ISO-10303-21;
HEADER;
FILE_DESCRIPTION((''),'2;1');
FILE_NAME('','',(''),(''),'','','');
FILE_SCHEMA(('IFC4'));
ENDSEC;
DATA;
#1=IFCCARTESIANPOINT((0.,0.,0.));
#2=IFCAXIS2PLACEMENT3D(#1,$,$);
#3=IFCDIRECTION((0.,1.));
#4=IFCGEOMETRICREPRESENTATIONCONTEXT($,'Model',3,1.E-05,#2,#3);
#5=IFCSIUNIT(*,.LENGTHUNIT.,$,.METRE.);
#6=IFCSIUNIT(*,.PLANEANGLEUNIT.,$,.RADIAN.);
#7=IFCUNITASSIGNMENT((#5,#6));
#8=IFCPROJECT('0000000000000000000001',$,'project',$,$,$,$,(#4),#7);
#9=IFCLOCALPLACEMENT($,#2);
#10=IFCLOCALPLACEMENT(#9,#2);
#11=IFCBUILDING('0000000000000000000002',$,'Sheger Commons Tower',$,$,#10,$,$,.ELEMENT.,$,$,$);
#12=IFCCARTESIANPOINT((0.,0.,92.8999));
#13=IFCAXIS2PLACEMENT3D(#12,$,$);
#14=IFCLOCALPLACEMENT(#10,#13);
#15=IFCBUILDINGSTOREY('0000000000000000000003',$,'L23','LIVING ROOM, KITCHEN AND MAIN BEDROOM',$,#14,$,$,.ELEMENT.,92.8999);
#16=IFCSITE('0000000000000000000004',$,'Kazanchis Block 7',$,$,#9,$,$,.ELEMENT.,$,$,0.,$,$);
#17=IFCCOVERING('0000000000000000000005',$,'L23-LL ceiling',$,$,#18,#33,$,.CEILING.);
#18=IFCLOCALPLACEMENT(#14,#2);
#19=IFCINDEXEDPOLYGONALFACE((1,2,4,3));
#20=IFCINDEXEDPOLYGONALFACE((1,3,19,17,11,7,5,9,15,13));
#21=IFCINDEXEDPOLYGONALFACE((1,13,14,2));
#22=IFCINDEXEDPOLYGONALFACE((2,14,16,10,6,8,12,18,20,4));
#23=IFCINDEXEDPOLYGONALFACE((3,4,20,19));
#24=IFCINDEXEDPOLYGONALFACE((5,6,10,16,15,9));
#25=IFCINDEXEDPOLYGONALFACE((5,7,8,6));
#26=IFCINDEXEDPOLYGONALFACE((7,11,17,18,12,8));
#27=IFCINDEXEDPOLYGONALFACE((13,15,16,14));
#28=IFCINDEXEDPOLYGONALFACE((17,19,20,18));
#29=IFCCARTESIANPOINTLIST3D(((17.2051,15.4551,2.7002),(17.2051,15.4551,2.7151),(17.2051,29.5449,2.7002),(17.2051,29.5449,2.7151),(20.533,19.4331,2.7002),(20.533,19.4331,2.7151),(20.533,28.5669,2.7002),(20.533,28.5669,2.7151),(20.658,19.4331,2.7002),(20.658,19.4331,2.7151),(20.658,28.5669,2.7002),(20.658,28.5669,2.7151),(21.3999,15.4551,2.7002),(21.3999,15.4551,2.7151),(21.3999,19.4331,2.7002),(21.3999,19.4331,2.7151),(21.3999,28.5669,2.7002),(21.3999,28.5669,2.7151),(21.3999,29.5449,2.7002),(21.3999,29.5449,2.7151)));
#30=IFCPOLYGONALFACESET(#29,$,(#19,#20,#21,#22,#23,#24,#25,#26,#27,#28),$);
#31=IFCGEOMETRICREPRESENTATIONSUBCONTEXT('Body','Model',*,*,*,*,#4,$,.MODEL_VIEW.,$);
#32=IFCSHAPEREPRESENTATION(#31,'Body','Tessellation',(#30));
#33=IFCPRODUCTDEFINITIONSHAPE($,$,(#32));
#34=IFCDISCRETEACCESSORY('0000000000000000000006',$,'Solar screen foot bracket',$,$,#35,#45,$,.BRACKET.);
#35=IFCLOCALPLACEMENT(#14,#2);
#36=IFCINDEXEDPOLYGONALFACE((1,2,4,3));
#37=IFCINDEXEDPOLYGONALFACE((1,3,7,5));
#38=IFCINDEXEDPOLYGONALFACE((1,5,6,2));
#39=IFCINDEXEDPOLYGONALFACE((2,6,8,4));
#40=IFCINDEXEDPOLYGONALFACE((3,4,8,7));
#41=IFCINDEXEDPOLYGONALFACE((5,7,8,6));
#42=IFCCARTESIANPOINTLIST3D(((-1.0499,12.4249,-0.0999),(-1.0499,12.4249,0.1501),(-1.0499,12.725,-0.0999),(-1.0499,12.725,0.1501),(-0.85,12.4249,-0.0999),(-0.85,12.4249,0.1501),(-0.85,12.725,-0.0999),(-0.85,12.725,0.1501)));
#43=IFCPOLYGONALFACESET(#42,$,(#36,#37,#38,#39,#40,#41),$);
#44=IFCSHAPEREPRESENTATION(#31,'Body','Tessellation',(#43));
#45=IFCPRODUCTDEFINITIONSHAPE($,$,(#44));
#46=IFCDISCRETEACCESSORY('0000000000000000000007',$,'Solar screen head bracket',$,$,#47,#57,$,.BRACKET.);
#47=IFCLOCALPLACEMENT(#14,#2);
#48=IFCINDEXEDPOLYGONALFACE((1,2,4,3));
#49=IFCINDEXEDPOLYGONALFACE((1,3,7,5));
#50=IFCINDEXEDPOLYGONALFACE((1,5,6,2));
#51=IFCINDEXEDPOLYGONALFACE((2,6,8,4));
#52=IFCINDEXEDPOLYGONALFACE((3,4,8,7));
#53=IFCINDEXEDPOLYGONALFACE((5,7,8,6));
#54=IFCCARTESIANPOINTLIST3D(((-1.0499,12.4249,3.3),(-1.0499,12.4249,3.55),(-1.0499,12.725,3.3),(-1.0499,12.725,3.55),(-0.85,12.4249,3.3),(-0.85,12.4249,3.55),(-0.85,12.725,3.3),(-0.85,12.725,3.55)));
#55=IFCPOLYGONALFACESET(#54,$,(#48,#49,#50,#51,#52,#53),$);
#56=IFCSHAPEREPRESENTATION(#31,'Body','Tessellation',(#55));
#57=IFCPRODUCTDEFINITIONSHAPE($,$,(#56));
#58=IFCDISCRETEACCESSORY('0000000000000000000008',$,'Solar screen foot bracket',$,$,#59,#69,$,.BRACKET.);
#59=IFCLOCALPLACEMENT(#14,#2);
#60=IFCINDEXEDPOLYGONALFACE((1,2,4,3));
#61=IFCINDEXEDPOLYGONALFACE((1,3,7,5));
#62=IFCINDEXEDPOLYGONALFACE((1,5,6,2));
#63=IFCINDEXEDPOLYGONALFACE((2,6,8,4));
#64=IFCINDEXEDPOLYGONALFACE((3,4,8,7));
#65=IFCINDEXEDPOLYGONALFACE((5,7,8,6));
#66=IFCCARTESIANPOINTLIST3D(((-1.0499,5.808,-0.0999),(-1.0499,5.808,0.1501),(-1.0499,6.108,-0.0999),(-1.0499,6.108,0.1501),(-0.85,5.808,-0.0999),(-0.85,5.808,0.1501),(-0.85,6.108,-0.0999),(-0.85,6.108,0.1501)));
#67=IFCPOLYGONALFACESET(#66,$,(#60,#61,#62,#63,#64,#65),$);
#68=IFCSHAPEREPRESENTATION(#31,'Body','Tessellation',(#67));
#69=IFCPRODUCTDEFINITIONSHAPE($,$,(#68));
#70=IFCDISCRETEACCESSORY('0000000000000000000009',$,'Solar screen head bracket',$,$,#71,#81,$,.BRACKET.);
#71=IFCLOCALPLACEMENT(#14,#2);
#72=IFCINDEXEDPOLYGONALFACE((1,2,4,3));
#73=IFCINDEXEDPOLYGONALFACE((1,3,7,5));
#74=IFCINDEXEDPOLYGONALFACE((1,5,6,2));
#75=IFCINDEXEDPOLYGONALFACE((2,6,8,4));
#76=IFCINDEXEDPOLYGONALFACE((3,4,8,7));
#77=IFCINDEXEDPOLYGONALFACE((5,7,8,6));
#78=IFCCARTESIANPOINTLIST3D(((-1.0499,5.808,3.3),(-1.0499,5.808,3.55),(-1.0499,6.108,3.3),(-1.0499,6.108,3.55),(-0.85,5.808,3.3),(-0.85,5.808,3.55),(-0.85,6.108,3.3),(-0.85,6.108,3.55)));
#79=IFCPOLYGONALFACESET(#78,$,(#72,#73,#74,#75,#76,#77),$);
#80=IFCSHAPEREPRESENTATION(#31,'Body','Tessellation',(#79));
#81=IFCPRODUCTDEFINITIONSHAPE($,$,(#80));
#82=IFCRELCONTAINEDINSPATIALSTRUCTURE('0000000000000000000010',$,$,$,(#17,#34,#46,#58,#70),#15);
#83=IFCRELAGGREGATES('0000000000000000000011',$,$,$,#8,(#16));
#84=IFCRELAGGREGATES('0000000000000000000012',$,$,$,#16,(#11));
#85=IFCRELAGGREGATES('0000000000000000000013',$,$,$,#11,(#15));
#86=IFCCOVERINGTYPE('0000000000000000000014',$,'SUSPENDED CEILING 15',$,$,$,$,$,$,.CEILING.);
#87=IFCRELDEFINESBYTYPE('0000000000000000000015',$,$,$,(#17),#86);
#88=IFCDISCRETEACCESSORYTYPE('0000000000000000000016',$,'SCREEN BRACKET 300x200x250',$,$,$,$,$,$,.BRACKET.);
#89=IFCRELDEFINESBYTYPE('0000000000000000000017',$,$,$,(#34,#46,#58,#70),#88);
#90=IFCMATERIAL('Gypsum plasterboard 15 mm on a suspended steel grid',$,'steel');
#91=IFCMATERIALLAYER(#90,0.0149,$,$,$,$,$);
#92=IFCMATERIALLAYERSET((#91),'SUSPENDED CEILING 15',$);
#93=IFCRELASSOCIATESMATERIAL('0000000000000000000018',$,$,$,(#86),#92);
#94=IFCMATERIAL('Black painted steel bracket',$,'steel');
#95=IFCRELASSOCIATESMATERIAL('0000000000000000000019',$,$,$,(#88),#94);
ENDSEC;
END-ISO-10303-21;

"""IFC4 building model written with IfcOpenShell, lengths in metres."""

from ifc_helpers import new_model, si_unit, direction, frame, origin, origin_2d, place, context, subcontext, project, spatial, polyline, rectangle, outline, extrude, material, layer, layer_set, type_object, element, save


model = new_model("IFC4")

# Units and contexts
model_context = context("Model", 3, precision=1e-05, world=origin(), true_north=direction((0.0, 1.0)))
body_context = subcontext(model_context, "Body", "Model", "MODEL_VIEW")
ifc_project = project(units=[si_unit("LENGTHUNIT", "METRE"), si_unit("PLANEANGLEUNIT", "RADIAN")], contexts=[model_context])

# Site, building, storey
site_placement = place(None, origin())
site = spatial("IfcSite", under=ifc_project, at=site_placement, Name="Kazanchis Block 7", CompositionType="ELEMENT", RefElevation=0.0)
building_placement = place(site_placement, origin())
building = spatial("IfcBuilding", under=site, at=building_placement, Name="Sheger Commons Tower", CompositionType="ELEMENT")
storey_placement = place(building_placement, frame((0.0, 0.0, 92.8999)))
storey = spatial("IfcBuildingStorey", under=building, at=storey_placement, Name="L23", Description="LIVING ROOM, KITCHEN AND MAIN BEDROOM", CompositionType="ELEMENT", Elevation=92.8999)

# Covering
ifc_material_1 = material(Name="Gypsum plasterboard 15 mm on a suspended steel grid", Category="steel")
ifc_layer_1 = layer(ifc_material_1, 0.0149)
ifc_layer_set_1 = layer_set([ifc_layer_1], Name="SUSPENDED CEILING 15")
covering_type_1 = type_object("IfcCoveringType", Name="SUSPENDED CEILING 15", PredefinedType="CEILING", material=ifc_layer_set_1)
covering_1_placement = place(storey_placement, frame((0.0, 0.0, 2.7002)))
element("IfcCovering", 1, at=covering_1_placement, inside=storey, type_object=covering_type_1, Name="L23-LL ceiling", PredefinedType="CEILING", context=body_context, shape_type="SweptSolid", body=[
    extrude(outline(polyline([(17.2051, 15.4551), (21.3999, 15.4551), (21.3999, 19.4331), (20.658, 19.4331), (20.533, 19.4331), (20.533, 28.5669), (20.658, 28.5669), (21.3999, 28.5669), (21.3999, 29.5449), (17.2051, 29.5449), (17.2051, 15.4551)])), origin(), (0.0, 0.0, 1.0), 0.0149),
])

# Discrete accessories
ifc_material_2 = material(Name="Black painted steel bracket", Category="steel")
discrete_accessory_type = type_object("IfcDiscreteAccessoryType", Name="SCREEN BRACKET 300x200x250", PredefinedType="BRACKET", material=ifc_material_2)
for number, where, z_axis, x_axis, name in (
    (2, (-0.95, 12.575, -0.0999), (0.0, 0.0, 1.0), (0.0, -1.0, 0.0), "Solar screen foot bracket"),
    (3, (-0.95, 12.575, 3.3), (0.0, 0.0, 1.0), (0.0, -1.0, 0.0), "Solar screen head bracket"),
    (4, (-0.95, 5.958, -0.0999), (0.0, 0.0, 1.0), (0.0, -1.0, 0.0), "Solar screen foot bracket"),
    (5, (-0.95, 5.958, 3.3), (0.0, 0.0, 1.0), (0.0, -1.0, 0.0), "Solar screen head bracket"),
):
    element("IfcDiscreteAccessory", number, at=place(storey_placement, frame(where, z_axis=z_axis, x_axis=x_axis)), inside=storey, type_object=discrete_accessory_type, Name=name, PredefinedType="BRACKET", context=body_context, shape_type="SweptSolid", body=[
        extrude(rectangle(XDim=0.3, YDim=0.2, at=origin_2d()), origin(), (0.0, 0.0, 1.0), 0.25),
    ])

save(model, "model.ifc")
